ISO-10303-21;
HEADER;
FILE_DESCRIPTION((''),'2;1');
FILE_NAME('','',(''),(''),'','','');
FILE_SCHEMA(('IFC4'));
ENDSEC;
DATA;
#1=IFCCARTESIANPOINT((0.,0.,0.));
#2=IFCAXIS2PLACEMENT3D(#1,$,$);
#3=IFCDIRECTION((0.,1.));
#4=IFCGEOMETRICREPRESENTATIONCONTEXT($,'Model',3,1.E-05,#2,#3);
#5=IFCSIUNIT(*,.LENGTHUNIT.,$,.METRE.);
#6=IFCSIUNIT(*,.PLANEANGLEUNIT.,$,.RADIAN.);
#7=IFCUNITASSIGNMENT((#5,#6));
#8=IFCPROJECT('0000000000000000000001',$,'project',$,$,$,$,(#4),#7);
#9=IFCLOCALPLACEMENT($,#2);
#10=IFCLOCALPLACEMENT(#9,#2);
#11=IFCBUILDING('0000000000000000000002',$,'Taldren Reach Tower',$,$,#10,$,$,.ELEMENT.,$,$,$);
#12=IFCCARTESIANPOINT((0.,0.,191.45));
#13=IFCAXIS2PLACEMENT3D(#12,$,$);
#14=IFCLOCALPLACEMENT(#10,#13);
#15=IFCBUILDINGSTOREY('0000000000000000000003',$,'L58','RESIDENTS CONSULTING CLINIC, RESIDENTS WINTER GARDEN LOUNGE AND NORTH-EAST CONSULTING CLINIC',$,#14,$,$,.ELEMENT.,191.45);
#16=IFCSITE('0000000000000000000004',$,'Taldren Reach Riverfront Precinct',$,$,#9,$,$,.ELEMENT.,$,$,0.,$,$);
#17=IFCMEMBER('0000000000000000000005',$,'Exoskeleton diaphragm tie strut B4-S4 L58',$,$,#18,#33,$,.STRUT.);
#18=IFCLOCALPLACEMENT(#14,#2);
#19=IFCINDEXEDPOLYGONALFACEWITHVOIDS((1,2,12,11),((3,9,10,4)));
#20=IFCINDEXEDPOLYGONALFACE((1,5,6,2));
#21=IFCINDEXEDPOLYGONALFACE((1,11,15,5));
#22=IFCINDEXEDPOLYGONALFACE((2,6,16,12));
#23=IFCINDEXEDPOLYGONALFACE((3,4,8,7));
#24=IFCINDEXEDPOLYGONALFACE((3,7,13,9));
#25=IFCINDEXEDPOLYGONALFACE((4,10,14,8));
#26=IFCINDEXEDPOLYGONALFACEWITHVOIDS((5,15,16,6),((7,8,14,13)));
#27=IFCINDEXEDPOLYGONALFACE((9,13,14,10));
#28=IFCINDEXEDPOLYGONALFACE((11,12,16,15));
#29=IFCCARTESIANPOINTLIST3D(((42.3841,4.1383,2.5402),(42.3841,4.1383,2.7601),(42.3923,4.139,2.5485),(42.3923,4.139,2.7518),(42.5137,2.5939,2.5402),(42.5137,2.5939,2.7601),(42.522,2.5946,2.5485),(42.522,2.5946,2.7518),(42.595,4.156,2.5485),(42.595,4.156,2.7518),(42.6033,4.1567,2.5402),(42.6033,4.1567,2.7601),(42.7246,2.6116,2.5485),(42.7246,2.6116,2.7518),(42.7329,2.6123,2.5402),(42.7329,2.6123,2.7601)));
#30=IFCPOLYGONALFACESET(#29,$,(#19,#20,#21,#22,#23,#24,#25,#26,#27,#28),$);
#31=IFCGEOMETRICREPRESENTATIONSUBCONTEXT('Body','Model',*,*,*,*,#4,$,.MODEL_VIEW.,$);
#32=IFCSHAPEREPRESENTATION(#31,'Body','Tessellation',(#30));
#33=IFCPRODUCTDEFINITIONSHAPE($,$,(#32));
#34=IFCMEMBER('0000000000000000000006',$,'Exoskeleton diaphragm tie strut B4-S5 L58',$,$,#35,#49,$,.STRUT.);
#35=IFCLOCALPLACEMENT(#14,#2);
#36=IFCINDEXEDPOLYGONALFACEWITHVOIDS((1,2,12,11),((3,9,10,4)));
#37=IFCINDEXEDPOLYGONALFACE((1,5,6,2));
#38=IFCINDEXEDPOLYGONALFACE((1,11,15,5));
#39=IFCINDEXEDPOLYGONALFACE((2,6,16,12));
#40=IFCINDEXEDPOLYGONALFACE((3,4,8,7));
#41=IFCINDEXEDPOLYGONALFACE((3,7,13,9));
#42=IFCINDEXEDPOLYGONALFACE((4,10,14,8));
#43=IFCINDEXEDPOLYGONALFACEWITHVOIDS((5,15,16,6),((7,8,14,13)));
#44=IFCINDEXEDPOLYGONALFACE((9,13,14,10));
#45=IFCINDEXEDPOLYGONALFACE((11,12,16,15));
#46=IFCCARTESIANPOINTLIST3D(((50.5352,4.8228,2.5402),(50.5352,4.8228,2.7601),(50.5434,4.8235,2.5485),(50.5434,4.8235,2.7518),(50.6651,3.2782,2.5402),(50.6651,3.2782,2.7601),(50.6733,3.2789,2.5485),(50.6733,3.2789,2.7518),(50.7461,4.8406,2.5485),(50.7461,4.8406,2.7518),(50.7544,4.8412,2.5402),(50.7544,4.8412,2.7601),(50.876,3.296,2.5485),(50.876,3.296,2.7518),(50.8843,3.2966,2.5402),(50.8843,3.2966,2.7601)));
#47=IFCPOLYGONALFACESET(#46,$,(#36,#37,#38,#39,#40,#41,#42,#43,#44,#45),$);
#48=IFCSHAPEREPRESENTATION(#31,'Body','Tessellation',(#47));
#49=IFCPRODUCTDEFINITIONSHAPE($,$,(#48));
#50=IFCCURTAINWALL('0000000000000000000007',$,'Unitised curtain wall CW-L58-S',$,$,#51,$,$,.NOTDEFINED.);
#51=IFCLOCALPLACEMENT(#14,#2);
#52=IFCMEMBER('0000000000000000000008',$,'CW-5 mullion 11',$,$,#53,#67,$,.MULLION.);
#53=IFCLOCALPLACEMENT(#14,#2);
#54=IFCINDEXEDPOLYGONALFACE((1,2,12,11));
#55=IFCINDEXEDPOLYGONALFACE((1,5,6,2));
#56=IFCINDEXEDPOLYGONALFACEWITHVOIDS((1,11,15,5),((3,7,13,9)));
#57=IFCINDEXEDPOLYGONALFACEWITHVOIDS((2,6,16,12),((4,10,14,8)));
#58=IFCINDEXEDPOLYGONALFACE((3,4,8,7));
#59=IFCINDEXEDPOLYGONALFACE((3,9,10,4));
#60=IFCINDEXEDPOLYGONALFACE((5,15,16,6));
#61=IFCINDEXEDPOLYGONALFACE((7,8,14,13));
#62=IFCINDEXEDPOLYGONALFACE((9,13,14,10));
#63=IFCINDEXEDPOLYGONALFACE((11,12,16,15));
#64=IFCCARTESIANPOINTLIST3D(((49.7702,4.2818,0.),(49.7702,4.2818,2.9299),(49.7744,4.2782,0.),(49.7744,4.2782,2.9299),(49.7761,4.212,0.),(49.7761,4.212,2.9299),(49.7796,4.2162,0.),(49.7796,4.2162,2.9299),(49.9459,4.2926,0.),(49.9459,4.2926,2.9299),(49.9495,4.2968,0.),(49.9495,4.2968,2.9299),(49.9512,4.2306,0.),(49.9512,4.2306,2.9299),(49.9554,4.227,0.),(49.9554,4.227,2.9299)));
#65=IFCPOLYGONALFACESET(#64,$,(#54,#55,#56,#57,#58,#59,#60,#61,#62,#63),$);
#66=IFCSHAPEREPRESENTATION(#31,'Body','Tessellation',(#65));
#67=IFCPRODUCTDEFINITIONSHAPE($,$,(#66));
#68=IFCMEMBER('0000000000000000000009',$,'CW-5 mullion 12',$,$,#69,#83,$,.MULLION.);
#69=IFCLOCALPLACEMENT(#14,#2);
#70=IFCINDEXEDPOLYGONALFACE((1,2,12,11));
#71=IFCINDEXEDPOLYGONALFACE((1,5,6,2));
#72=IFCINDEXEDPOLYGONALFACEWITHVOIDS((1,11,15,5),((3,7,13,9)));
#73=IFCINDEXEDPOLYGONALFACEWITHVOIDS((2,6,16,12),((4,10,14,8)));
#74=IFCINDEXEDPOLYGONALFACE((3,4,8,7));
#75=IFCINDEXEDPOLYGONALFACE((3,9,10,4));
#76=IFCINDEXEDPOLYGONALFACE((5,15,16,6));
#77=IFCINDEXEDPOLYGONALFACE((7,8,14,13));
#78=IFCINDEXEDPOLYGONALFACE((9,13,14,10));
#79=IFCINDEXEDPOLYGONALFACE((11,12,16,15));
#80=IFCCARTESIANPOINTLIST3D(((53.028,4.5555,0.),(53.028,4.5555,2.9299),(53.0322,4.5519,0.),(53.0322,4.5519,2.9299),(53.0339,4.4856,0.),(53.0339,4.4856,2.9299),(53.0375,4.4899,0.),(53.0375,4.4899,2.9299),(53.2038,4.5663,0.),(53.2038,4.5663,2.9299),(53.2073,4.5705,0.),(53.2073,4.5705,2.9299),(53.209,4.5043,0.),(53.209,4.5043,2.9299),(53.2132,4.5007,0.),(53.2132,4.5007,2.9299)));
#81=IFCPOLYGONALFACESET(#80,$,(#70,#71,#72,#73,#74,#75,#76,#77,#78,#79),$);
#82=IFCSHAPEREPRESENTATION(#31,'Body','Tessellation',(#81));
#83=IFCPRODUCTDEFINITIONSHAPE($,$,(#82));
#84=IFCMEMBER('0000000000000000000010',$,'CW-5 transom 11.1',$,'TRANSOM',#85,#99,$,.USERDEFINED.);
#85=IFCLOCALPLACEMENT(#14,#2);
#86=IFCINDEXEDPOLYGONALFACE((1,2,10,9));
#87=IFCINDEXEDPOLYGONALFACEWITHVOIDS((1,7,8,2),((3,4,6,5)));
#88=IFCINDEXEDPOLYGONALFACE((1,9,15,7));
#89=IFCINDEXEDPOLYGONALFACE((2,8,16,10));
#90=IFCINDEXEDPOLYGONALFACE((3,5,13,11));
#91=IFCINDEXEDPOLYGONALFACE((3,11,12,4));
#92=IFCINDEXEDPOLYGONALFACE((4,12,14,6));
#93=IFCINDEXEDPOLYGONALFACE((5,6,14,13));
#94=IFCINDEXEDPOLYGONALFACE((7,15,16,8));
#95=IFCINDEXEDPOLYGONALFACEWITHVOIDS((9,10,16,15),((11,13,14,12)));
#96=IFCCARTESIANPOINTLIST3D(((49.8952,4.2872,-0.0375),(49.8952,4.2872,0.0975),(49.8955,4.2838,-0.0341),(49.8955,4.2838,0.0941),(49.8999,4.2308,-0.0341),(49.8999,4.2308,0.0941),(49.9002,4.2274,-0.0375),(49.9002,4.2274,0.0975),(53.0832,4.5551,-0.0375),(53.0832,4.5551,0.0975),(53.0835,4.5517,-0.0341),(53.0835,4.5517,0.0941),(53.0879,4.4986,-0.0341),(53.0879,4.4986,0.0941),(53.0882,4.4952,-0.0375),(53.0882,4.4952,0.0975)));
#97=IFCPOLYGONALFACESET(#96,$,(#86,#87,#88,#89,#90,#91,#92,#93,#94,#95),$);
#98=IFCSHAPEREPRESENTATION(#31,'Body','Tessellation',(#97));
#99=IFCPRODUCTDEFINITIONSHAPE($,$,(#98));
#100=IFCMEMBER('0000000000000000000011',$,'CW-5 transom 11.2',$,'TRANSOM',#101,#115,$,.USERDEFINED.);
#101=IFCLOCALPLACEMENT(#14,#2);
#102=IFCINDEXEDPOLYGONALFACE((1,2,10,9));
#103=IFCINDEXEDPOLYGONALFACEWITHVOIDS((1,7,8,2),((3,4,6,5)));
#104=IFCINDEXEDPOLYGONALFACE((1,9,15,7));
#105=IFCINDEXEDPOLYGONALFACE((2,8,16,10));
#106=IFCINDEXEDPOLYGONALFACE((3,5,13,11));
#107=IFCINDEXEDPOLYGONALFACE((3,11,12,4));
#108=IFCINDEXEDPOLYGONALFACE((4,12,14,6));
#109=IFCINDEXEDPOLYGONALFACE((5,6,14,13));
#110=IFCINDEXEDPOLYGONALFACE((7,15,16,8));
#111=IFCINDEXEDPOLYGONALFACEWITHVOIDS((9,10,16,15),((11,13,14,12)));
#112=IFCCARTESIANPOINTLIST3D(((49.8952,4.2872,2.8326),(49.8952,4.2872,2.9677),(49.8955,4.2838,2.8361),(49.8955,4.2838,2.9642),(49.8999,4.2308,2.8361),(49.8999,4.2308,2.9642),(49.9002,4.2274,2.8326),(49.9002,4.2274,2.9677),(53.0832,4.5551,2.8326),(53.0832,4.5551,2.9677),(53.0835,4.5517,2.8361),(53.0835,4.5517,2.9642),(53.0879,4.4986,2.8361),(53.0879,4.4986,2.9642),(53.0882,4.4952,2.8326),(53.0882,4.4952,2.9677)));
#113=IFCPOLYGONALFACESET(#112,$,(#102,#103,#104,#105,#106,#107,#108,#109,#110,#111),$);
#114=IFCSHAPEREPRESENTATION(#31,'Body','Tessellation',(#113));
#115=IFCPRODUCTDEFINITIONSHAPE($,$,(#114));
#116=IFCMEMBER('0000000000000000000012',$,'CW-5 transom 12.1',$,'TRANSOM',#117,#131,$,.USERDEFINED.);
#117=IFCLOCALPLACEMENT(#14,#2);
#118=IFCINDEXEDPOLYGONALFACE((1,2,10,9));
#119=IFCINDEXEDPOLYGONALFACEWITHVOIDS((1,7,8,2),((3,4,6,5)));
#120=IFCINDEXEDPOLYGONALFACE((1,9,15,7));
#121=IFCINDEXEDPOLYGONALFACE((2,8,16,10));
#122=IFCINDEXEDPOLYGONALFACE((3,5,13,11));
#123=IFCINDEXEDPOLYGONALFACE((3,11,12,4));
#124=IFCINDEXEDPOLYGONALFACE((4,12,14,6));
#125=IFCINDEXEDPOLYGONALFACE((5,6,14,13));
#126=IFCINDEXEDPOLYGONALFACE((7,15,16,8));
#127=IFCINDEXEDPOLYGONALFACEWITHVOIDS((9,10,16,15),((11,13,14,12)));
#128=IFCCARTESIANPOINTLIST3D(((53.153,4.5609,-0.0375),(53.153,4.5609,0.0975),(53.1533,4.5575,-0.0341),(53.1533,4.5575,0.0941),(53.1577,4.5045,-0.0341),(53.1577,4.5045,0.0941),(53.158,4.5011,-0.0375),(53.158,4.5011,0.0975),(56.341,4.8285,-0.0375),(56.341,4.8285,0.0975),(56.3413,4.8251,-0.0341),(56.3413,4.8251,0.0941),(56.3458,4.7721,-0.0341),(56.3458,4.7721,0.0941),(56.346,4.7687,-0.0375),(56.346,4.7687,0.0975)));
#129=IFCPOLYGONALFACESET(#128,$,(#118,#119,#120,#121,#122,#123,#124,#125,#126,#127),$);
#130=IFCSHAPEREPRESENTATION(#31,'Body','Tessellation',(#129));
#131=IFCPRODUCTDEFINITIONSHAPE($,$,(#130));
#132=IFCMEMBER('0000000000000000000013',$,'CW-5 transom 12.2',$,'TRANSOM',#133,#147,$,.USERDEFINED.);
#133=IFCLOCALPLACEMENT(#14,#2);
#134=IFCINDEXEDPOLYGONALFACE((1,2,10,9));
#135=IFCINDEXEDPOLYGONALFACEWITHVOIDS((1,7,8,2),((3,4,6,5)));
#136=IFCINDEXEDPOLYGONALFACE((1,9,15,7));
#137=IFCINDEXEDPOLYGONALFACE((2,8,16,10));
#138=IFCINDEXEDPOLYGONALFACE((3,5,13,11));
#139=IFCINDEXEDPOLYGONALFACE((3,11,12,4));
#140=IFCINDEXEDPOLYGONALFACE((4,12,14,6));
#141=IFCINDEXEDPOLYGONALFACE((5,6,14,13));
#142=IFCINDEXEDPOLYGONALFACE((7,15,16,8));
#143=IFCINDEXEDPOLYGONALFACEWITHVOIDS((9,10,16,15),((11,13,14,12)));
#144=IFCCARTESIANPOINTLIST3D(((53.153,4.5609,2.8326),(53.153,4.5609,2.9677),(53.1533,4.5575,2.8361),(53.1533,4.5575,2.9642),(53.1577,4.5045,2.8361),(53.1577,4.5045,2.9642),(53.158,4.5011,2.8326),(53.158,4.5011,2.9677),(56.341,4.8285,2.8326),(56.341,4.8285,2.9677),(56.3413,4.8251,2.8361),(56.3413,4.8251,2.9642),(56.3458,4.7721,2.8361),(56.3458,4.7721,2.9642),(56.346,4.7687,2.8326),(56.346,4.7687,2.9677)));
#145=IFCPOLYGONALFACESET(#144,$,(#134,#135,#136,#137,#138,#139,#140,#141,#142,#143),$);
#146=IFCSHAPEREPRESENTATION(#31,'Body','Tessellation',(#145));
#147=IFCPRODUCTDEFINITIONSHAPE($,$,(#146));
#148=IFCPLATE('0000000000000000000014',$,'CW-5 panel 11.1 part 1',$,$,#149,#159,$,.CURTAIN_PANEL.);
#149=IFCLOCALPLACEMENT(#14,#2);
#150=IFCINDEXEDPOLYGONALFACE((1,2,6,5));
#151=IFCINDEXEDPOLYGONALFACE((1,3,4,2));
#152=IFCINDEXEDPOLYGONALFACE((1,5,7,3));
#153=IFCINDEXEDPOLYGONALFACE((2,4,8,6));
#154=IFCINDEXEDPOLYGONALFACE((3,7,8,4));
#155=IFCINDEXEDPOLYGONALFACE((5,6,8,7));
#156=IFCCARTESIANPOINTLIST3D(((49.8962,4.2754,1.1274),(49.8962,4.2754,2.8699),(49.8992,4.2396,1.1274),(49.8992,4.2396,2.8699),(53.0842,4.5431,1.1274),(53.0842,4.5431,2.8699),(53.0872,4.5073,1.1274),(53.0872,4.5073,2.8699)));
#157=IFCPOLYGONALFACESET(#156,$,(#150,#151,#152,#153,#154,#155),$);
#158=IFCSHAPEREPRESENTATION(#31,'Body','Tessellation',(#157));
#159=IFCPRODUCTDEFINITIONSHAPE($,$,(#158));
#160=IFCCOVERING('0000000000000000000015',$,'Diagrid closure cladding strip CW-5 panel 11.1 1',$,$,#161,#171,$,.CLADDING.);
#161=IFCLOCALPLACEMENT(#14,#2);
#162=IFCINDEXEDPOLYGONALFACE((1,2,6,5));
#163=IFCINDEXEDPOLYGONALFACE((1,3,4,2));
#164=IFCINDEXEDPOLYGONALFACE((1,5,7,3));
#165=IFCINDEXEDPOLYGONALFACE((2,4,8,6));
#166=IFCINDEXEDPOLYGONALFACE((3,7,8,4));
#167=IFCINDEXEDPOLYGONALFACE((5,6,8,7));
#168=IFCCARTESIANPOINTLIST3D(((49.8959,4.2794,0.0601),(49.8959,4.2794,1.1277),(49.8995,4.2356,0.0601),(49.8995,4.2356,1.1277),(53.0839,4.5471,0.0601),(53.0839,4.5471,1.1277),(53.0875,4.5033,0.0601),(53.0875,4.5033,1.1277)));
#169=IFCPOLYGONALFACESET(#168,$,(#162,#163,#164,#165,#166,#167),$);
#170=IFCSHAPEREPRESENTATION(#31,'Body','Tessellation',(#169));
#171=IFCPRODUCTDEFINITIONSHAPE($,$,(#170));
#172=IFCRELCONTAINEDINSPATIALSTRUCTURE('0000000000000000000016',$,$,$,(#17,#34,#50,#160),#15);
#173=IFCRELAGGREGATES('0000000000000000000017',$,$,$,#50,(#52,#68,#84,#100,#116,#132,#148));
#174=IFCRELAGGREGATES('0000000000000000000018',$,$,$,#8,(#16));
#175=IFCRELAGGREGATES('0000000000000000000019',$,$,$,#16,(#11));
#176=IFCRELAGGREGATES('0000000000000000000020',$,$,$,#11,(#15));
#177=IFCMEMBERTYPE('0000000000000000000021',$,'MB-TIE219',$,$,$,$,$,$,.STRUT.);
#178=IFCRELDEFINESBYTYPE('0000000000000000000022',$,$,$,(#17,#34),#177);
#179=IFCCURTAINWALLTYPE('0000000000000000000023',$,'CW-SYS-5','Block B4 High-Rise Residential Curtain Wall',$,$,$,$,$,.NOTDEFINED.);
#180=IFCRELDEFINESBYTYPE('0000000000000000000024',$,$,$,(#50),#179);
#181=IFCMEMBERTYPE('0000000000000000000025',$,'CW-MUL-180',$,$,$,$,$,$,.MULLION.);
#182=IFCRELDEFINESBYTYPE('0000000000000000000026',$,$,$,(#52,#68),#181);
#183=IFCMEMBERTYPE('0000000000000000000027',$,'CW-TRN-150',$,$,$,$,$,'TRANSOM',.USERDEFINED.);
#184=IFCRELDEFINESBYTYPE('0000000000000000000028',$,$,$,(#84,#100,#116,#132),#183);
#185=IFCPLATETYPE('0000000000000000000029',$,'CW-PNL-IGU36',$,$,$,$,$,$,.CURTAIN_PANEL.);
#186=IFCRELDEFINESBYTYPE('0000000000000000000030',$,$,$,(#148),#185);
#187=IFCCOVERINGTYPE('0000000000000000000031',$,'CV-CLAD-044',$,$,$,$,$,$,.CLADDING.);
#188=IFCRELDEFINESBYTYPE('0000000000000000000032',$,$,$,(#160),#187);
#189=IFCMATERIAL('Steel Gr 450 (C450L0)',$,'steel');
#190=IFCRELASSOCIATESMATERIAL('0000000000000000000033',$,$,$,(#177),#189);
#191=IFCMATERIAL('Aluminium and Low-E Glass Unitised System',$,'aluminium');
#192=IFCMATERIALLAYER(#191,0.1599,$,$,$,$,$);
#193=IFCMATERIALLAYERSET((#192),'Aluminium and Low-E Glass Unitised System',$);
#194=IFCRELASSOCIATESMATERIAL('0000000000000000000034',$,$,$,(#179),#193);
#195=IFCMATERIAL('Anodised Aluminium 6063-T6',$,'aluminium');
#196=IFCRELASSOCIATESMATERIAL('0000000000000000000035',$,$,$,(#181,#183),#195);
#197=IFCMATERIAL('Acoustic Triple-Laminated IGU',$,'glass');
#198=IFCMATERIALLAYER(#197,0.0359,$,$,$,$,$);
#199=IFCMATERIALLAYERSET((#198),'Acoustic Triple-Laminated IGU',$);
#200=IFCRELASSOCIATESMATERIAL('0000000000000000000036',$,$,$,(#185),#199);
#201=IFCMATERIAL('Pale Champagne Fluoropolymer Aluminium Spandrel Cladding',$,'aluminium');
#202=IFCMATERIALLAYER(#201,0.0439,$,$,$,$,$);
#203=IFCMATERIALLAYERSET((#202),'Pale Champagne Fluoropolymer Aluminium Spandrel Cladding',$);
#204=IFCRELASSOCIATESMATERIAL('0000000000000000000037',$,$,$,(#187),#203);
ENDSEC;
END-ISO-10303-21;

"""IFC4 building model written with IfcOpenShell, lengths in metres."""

from ifc_helpers import new_model, si_unit, direction, frame, origin, origin_2d, place, context, subcontext, project, spatial, rectangle, hollow_rectangle, extrude, source, transform, mapped, material, layer, layer_set, material_profile, profile_set, type_object, element, aggregate, save


model = new_model("IFC4")

# Units and contexts
model_context = context("Model", 3, precision=1e-05, world=origin(), true_north=direction((0.0, 1.0)))
body_context = subcontext(model_context, "Body", "Model", "MODEL_VIEW")
ifc_project = project(units=[si_unit("LENGTHUNIT", "METRE"), si_unit("PLANEANGLEUNIT", "RADIAN")], contexts=[model_context])

# Site, building, storey
site_placement = place(None, origin())
site = spatial("IfcSite", under=ifc_project, at=site_placement, Name="Taldren Reach Riverfront Precinct", CompositionType="ELEMENT", RefElevation=0.0)
building_placement = place(site_placement, origin())
building = spatial("IfcBuilding", under=site, at=building_placement, Name="Taldren Reach Tower", CompositionType="ELEMENT")
storey_placement = place(building_placement, frame((0.0, 0.0, 191.45)))
storey = spatial("IfcBuildingStorey", under=building, at=storey_placement, Name="L58", Description="RESIDENTS CONSULTING CLINIC, RESIDENTS WINTER GARDEN LOUNGE AND NORTH-EAST CONSULTING CLINIC", CompositionType="ELEMENT", Elevation=191.45)

# Members
ifc_material_1 = material(Name="Steel Gr 450 (C450L0)", Category="steel")
ifc_material_profile_1 = material_profile(ifc_material_1, hollow_rectangle(XDim=0.22, YDim=0.22, WallThickness=0.0083, at=origin_2d()), Name="220x220x8.2SHS")
ifc_profile_set_1 = profile_set([ifc_material_profile_1], Name="Steel Gr 450 (C450L0)")
member_type_1 = type_object("IfcMemberType", Name="MB-TIE219", PredefinedType="STRUT", material=ifc_profile_set_1)
shared_shape_1 = source(origin(), body_context, "Body", "SweptSolid", [
    extrude(hollow_rectangle(XDim=0.22, YDim=0.22, WallThickness=0.0083, at=origin_2d()), origin(), (0.0, 0.0, 1.0), 1.5498),
])
member_1_placement = place(storey_placement, frame((42.4937, 4.1475, 2.6501), z_axis=(0.083645, -0.996496, 0.0), x_axis=(0.996496, 0.083645, 0.0)))
element("IfcMember", 1, at=member_1_placement, inside=storey, type_object=member_type_1, Name="Exoskeleton diaphragm tie strut B4-S4 L58", PredefinedType="STRUT", context=body_context, shape_type="MappedRepresentation", body=[
    mapped(shared_shape_1, transform((0.0, 0.0, 0.0), scale=1.0)),
])
shared_shape_2 = source(origin(), body_context, "Body", "SweptSolid", [
    extrude(hollow_rectangle(XDim=0.22, YDim=0.22, WallThickness=0.0083, at=origin_2d()), origin(), (0.0, 0.0, 1.0), 1.55),
])
member_2_placement = place(storey_placement, frame((50.6448, 4.832, 2.6501), z_axis=(0.083788, -0.996484, 0.0), x_axis=(0.996484, 0.083788, 0.0)))
element("IfcMember", 2, at=member_2_placement, inside=storey, type_object=member_type_1, Name="Exoskeleton diaphragm tie strut B4-S5 L58", PredefinedType="STRUT", context=body_context, shape_type="MappedRepresentation", body=[
    mapped(shared_shape_2, transform((0.0, 0.0, 0.0), scale=1.0)),
])

# Curtain wall, members, plate
ifc_material_2 = material(Name="Aluminium and Low-E Glass Unitised System", Category="aluminium")
ifc_layer_1 = layer(ifc_material_2, 0.1599)
ifc_layer_set_1 = layer_set([ifc_layer_1], Name="Aluminium and Low-E Glass Unitised System")
curtain_wall_type = type_object("IfcCurtainWallType", Name="CW-SYS-5", Description="Block B4 High-Rise Residential Curtain Wall", PredefinedType="NOTDEFINED", material=ifc_layer_set_1)
curtain_wall_placement = place(storey_placement, origin())
curtain_wall = element("IfcCurtainWall", 3, at=curtain_wall_placement, inside=storey, type_object=curtain_wall_type, Name="Unitised curtain wall CW-L58-S", PredefinedType="NOTDEFINED")
ifc_material_3 = material(Name="Anodised Aluminium 6063-T6", Category="aluminium")
ifc_material_profile_2 = material_profile(ifc_material_3, hollow_rectangle(XDim=0.0701, YDim=0.1799, WallThickness=0.0039, at=origin_2d()), Name="ALU-180x70x4RHS")
ifc_profile_set_2 = profile_set([ifc_material_profile_2], Name="Anodised Aluminium 6063-T6")
member_type_2 = type_object("IfcMemberType", Name="CW-MUL-180", PredefinedType="MULLION", material=ifc_profile_set_2)
shared_shape_3 = source(origin(), body_context, "Body", "SweptSolid", [
    extrude(hollow_rectangle(XDim=0.0701, YDim=0.1799, WallThickness=0.0039, at=origin_2d()), origin(), (0.0, 0.0, 1.0), 2.9299),
])
member_3_placement = place(storey_placement, frame((49.8628, 4.2544, 0.0), z_axis=(0.0, 0.0, 1.0), x_axis=(-0.083678, 0.996493, 0.0)))
member_3 = element("IfcMember", 4, at=member_3_placement, type_object=member_type_2, Name="CW-5 mullion 11", PredefinedType="MULLION", context=body_context, shape_type="MappedRepresentation", body=[
    mapped(shared_shape_3, transform((0.0, 0.0, 0.0), scale=1.0)),
])
member_4_placement = place(storey_placement, frame((53.1206, 4.5281, 0.0), z_axis=(0.0, 0.0, 1.0), x_axis=(-0.083678, 0.996493, 0.0)))
member_4 = element("IfcMember", 5, at=member_4_placement, type_object=member_type_2, Name="CW-5 mullion 12", PredefinedType="MULLION", context=body_context, shape_type="MappedRepresentation", body=[
    mapped(shared_shape_3, transform((0.0, 0.0, 0.0), scale=1.0)),
])
ifc_material_profile_3 = material_profile(ifc_material_3, hollow_rectangle(XDim=0.0601, YDim=0.135, WallThickness=0.0034, at=origin_2d()), Name="ALU-135x60x3.5RHS")
ifc_profile_set_3 = profile_set([ifc_material_profile_3], Name="Anodised Aluminium 6063-T6")
member_type_3 = type_object("IfcMemberType", Name="CW-TRN-150", ElementType="TRANSOM", PredefinedType="USERDEFINED", material=ifc_profile_set_3)
shared_shape_4 = source(origin(), body_context, "Body", "SweptSolid", [
    extrude(hollow_rectangle(XDim=0.0601, YDim=0.135, WallThickness=0.0034, at=origin_2d()), origin(), (0.0, 0.0, 1.0), 3.1992),
])
member_5_placement = place(storey_placement, frame((49.8977, 4.2573, 0.03), z_axis=(0.99649, 0.083715, 0.0), x_axis=(-0.083715, 0.99649, 0.0)))
member_5 = element("IfcMember", 6, at=member_5_placement, type_object=member_type_3, Name="CW-5 transom 11.1", ObjectType="TRANSOM", PredefinedType="USERDEFINED", context=body_context, shape_type="MappedRepresentation", body=[
    mapped(shared_shape_4, transform((0.0, 0.0, 0.0), scale=1.0)),
])
member_6_placement = place(storey_placement, frame((49.8977, 4.2573, 2.9001), z_axis=(0.99649, 0.083715, 0.0), x_axis=(-0.083715, 0.99649, 0.0)))
member_6 = element("IfcMember", 7, at=member_6_placement, type_object=member_type_3, Name="CW-5 transom 11.2", ObjectType="TRANSOM", PredefinedType="USERDEFINED", context=body_context, shape_type="MappedRepresentation", body=[
    mapped(shared_shape_4, transform((0.0, 0.0, 0.0), scale=1.0)),
])
member_7_placement = place(storey_placement, frame((53.1555, 4.531, 0.03), z_axis=(0.996496, 0.083639, 0.0), x_axis=(-0.083639, 0.996496, 0.0)))
member_7 = element("IfcMember", 8, at=member_7_placement, type_object=member_type_3, Name="CW-5 transom 12.1", ObjectType="TRANSOM", PredefinedType="USERDEFINED", context=body_context, shape_type="MappedRepresentation", body=[
    mapped(shared_shape_4, transform((0.0, 0.0, 0.0), scale=1.0)),
])
member_8_placement = place(storey_placement, frame((53.1555, 4.531, 2.9001), z_axis=(0.996496, 0.083639, 0.0), x_axis=(-0.083639, 0.996496, 0.0)))
member_8 = element("IfcMember", 9, at=member_8_placement, type_object=member_type_3, Name="CW-5 transom 12.2", ObjectType="TRANSOM", PredefinedType="USERDEFINED", context=body_context, shape_type="MappedRepresentation", body=[
    mapped(shared_shape_4, transform((0.0, 0.0, 0.0), scale=1.0)),
])
ifc_material_4 = material(Name="Acoustic Triple-Laminated IGU", Category="glass")
ifc_layer_2 = layer(ifc_material_4, 0.0359)
ifc_layer_set_2 = layer_set([ifc_layer_2], Name="Acoustic Triple-Laminated IGU")
plate_type = type_object("IfcPlateType", Name="CW-PNL-IGU36", PredefinedType="CURTAIN_PANEL", material=ifc_layer_set_2)
shared_shape_5 = source(origin(), body_context, "Body", "SweptSolid", [
    extrude(rectangle(XDim=3.1992, YDim=0.0359, at=origin_2d()), origin(), (0.0, 0.0, 1.0), 1.7424),
])
plate_placement = place(storey_placement, frame((51.4917, 4.3914, 1.1274), z_axis=(0.0, 0.0, 1.0), x_axis=(0.996493, 0.083678, 0.0)))
plate = element("IfcPlate", 10, at=plate_placement, type_object=plate_type, Name="CW-5 panel 11.1 part 1", PredefinedType="CURTAIN_PANEL", context=body_context, shape_type="MappedRepresentation", body=[
    mapped(shared_shape_5, transform((0.0, 0.0, 0.0), scale=1.0)),
])
aggregate(curtain_wall, [member_3, member_4, member_5, member_6, member_7, member_8, plate])

# Covering
ifc_material_5 = material(Name="Pale Champagne Fluoropolymer Aluminium Spandrel Cladding", Category="aluminium")
ifc_layer_3 = layer(ifc_material_5, 0.0439)
ifc_layer_set_3 = layer_set([ifc_layer_3], Name="Pale Champagne Fluoropolymer Aluminium Spandrel Cladding")
covering_type = type_object("IfcCoveringType", Name="CV-CLAD-044", PredefinedType="CLADDING", material=ifc_layer_set_3)
shared_shape_6 = source(origin(), body_context, "Body", "SweptSolid", [
    extrude(rectangle(XDim=3.1992, YDim=0.0439, at=origin_2d()), origin(), (0.0, 0.0, 1.0), 1.0676),
])
covering_placement = place(storey_placement, frame((51.4917, 4.3914, 0.0601), z_axis=(0.0, 0.0, 1.0), x_axis=(0.996493, 0.083678, 0.0)))
element("IfcCovering", 11, at=covering_placement, inside=storey, type_object=covering_type, Name="Diagrid closure cladding strip CW-5 panel 11.1 1", PredefinedType="CLADDING", context=body_context, shape_type="MappedRepresentation", body=[
    mapped(shared_shape_6, transform((0.0, 0.0, 0.0), scale=1.0)),
])

save(model, "model.ifc")
